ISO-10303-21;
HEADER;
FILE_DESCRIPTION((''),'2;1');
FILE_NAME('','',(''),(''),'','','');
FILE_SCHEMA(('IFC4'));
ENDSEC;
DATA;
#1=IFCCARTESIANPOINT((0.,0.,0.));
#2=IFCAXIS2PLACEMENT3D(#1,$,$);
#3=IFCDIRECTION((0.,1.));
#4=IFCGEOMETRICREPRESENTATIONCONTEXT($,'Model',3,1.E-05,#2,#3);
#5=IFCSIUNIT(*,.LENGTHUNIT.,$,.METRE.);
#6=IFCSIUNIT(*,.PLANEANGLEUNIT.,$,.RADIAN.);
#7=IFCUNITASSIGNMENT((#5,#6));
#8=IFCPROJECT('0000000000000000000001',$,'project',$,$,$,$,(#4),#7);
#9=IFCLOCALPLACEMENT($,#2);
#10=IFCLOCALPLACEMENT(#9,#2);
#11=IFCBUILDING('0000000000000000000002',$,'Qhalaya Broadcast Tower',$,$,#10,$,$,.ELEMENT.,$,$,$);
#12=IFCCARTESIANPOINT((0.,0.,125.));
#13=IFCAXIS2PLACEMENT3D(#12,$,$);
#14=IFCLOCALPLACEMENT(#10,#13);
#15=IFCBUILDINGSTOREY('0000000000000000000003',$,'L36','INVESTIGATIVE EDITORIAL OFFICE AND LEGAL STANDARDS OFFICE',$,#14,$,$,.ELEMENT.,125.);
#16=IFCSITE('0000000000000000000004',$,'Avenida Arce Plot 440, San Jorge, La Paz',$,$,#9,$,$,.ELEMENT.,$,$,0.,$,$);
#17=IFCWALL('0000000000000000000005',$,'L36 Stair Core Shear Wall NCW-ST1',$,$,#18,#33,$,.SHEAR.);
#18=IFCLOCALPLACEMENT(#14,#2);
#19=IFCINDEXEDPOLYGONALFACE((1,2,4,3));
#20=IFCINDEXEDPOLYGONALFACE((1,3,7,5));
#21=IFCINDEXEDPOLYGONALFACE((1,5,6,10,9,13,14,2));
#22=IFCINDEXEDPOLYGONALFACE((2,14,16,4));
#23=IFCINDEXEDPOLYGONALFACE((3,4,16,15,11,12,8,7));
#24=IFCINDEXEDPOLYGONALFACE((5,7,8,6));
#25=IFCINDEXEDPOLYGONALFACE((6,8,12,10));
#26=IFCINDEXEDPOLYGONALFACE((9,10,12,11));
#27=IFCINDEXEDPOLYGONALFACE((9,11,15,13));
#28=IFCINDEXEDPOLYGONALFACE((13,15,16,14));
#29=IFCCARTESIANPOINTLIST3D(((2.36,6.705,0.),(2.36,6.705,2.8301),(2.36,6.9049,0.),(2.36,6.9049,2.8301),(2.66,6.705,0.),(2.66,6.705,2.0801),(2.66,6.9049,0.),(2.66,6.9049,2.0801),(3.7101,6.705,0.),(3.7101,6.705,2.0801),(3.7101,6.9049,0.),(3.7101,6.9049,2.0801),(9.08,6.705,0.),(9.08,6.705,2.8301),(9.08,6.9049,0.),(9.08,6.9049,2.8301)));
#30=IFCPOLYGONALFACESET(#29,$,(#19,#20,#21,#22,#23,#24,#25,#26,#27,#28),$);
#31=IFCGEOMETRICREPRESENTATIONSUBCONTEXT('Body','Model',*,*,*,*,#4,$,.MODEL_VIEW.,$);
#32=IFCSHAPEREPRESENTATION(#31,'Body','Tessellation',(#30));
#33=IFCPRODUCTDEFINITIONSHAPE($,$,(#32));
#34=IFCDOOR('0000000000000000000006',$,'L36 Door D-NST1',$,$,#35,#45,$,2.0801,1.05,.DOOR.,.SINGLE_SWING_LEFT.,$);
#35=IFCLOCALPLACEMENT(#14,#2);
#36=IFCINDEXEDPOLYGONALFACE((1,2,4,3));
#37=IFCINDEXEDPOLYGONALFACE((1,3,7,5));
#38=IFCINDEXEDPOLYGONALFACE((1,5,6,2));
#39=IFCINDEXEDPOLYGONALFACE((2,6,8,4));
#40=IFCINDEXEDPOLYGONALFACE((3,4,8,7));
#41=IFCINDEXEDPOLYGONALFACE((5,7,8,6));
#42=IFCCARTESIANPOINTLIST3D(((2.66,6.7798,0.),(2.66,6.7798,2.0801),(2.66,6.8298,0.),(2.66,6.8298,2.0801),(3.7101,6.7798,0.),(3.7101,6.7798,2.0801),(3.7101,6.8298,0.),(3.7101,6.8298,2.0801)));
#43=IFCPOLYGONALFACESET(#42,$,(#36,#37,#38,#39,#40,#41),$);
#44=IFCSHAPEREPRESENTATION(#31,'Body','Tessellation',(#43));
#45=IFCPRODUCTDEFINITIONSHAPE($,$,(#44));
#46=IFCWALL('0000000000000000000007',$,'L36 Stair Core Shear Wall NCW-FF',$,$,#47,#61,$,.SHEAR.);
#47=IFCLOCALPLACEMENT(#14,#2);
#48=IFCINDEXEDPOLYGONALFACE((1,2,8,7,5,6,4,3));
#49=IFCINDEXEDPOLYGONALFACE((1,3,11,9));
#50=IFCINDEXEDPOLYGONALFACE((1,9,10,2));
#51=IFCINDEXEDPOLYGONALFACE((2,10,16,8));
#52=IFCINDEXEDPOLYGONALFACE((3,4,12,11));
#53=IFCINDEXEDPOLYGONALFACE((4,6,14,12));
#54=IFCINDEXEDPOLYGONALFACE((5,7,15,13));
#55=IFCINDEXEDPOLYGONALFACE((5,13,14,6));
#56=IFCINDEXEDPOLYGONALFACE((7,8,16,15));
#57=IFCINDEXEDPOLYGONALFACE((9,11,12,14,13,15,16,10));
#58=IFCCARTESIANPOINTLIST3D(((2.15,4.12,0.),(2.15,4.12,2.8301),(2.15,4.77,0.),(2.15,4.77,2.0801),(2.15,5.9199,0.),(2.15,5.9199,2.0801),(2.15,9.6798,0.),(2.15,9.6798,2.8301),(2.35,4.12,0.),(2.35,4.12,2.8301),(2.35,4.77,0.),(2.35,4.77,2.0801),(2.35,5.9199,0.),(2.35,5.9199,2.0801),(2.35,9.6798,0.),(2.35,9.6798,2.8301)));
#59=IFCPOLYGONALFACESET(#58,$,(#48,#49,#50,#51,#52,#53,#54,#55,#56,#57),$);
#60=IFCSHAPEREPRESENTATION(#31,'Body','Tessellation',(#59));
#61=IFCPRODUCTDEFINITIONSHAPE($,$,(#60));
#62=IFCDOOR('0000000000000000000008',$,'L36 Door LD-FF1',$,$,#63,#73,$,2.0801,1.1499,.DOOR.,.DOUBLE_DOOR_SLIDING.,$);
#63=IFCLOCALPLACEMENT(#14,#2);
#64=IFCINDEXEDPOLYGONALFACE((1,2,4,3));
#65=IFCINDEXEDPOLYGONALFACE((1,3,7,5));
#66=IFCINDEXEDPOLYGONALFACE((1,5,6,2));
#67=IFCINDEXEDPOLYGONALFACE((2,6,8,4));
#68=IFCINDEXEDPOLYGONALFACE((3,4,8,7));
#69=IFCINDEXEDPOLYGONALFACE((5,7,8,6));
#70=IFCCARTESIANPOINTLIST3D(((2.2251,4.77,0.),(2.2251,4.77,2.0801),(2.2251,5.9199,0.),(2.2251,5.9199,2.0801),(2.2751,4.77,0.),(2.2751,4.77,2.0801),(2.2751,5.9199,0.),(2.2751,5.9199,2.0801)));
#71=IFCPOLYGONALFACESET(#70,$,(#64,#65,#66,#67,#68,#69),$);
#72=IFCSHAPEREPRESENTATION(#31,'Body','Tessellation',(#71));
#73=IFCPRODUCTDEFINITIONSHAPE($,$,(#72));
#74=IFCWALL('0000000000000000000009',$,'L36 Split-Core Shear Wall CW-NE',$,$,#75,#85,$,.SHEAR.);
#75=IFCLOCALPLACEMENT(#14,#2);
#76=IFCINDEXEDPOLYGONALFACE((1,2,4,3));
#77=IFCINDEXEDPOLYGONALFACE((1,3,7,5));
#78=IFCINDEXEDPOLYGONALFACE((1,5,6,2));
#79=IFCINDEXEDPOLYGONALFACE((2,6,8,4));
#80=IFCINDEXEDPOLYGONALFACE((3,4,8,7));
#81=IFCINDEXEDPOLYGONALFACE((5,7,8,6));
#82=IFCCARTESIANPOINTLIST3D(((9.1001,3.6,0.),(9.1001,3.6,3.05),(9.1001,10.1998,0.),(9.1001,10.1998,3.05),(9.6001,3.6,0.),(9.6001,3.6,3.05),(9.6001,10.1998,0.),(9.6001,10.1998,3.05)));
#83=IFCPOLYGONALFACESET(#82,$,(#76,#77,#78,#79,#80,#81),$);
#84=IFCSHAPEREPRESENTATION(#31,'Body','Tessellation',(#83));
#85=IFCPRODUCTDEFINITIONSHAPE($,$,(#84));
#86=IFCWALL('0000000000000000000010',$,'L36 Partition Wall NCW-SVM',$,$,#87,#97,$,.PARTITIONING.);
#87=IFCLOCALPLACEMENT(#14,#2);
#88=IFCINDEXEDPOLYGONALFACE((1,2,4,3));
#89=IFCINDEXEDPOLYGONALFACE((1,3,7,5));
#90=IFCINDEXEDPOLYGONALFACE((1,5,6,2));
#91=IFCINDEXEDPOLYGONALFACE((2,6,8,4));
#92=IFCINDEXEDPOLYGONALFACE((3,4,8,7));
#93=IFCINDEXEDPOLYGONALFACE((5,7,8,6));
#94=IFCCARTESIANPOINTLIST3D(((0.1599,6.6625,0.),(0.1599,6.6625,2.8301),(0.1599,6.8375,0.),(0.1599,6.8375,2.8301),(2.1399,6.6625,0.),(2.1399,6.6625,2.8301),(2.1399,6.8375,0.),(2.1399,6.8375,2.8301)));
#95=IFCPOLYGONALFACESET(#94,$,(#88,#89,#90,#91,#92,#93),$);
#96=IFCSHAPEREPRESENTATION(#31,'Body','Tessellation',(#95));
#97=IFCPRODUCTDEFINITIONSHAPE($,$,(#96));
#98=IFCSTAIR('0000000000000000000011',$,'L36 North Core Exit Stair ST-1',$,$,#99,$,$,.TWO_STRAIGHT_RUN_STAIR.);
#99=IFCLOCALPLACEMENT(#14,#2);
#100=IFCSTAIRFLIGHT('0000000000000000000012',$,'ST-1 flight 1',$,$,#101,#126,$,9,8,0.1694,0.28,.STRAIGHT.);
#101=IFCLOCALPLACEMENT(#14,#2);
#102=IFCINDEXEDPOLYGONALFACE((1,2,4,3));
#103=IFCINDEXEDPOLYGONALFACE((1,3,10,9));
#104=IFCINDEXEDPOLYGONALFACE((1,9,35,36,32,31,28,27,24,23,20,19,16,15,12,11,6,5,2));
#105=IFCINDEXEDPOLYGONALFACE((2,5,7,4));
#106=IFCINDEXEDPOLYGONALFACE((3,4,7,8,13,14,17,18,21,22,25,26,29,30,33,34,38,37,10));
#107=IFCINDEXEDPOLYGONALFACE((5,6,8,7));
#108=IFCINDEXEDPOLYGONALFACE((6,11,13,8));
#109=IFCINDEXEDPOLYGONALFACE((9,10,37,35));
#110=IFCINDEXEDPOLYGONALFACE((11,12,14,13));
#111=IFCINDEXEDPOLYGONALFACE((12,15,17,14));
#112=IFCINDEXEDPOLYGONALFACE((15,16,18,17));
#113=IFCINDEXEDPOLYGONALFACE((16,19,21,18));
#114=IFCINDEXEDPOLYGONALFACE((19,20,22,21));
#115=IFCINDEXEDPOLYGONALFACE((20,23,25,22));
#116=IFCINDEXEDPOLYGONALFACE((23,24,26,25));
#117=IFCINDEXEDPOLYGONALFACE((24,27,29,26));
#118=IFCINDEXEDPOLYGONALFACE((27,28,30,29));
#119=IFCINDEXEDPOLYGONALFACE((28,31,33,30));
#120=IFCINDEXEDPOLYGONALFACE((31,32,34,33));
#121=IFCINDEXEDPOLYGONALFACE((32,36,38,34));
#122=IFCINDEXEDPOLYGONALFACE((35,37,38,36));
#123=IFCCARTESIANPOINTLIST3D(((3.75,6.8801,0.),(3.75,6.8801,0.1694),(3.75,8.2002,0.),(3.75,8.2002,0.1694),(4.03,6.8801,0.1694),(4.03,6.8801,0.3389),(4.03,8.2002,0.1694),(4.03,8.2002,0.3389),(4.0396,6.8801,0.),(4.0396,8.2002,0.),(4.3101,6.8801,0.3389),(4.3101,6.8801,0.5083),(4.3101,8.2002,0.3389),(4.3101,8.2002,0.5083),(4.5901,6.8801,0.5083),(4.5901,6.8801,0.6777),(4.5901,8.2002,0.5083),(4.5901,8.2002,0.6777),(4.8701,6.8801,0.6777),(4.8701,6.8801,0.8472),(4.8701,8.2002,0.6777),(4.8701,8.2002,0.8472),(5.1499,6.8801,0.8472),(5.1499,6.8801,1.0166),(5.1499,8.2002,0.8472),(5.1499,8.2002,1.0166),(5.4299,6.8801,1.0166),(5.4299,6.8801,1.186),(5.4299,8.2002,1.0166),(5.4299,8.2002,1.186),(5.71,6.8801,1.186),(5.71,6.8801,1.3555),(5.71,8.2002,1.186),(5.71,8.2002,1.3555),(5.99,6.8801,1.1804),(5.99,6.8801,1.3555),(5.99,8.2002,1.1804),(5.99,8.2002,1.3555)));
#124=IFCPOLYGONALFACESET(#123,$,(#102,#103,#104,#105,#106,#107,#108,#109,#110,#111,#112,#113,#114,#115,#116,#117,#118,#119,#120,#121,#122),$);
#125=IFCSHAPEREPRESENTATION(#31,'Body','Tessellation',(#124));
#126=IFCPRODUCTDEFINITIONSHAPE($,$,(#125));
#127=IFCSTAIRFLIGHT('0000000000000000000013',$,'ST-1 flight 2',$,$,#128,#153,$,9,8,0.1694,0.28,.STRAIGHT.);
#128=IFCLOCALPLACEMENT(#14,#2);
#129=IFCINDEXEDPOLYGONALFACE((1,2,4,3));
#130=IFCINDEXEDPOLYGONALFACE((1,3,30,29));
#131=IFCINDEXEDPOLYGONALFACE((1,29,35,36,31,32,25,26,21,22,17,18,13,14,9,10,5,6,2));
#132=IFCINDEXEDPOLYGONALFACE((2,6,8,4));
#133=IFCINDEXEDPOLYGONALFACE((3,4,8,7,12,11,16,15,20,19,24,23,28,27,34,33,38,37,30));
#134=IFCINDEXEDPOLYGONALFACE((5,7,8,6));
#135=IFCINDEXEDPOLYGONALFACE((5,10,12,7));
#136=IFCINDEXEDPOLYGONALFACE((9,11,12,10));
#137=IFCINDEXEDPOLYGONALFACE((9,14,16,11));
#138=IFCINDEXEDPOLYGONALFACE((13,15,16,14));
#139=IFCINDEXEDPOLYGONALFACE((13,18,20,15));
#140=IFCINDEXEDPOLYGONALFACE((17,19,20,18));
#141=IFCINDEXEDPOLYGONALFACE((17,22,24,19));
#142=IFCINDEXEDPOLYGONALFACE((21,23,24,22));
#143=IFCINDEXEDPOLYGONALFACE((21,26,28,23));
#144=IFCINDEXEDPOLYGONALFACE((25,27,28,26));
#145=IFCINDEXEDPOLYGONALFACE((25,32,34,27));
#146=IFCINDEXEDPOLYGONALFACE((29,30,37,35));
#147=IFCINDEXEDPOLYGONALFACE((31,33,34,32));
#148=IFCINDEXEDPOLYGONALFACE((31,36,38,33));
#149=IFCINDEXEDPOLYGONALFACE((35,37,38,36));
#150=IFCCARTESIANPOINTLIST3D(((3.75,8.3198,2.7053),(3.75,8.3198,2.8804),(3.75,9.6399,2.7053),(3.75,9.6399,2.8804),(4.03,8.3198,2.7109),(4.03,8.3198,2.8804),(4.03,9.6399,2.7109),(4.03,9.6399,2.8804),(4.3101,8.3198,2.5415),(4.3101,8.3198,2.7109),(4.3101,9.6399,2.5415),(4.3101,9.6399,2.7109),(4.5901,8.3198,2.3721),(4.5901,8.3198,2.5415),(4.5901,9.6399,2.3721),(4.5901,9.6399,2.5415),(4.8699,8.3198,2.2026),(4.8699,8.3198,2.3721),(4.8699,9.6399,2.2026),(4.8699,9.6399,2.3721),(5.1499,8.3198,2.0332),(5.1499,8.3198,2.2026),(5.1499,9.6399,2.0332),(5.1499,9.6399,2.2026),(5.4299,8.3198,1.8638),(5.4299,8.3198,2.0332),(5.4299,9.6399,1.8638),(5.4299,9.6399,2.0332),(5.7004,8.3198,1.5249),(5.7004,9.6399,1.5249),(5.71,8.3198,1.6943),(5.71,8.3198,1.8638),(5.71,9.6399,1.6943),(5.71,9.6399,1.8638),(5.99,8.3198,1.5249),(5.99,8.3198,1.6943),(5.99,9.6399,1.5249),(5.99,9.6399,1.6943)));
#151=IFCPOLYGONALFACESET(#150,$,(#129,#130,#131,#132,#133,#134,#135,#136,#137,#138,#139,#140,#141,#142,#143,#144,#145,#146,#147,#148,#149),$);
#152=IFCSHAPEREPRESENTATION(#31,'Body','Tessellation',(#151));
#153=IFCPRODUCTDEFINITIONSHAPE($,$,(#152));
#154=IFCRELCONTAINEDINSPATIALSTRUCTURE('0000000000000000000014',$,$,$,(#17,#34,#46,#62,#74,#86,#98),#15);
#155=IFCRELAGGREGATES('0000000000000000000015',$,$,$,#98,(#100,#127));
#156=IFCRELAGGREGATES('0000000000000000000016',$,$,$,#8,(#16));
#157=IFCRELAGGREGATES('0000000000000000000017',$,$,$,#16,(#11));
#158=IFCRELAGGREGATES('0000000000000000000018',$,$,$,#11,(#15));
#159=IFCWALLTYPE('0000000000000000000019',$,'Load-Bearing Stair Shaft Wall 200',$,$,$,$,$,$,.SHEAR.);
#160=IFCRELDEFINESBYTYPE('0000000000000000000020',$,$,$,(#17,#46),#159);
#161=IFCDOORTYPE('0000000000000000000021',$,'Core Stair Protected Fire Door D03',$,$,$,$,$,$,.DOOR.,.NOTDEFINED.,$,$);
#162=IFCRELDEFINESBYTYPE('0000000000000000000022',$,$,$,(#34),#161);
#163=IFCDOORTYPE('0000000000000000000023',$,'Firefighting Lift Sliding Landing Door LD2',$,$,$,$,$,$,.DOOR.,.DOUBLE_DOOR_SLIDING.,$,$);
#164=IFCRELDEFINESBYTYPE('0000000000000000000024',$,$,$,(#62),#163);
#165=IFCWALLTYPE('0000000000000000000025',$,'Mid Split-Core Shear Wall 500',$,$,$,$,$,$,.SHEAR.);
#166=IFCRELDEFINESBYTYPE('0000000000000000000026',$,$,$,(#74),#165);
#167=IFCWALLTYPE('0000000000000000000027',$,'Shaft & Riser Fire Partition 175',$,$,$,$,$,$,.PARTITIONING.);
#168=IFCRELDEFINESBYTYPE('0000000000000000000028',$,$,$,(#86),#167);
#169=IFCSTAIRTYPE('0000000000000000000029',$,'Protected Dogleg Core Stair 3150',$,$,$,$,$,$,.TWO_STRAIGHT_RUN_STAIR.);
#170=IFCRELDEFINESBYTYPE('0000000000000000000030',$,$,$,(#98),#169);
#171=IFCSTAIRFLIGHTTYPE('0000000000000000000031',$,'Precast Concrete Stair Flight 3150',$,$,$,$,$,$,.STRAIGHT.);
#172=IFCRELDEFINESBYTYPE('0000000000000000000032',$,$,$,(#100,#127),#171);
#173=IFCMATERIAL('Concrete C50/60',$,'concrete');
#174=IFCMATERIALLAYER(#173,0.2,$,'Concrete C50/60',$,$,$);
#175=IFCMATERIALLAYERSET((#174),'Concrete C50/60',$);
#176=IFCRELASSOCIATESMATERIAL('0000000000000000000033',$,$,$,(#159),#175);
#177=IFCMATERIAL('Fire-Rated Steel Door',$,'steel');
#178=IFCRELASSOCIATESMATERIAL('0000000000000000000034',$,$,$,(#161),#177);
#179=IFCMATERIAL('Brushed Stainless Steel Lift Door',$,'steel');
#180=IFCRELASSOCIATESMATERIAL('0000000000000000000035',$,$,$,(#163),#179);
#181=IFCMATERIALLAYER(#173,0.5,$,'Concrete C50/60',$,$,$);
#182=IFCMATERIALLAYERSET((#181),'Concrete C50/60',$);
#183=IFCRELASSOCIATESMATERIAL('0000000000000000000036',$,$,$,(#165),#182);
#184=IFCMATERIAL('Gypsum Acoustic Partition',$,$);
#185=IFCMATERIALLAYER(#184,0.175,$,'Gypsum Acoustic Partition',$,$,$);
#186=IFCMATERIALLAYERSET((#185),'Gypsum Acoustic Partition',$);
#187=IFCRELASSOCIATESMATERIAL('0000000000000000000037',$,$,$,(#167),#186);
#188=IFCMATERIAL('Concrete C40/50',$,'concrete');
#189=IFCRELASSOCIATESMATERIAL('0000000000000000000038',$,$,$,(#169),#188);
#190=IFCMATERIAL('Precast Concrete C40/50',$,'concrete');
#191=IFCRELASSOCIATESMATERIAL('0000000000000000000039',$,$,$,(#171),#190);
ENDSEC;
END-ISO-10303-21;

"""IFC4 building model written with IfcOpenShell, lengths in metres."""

from ifc_helpers import new_model, si_unit, direction, frame, frame_2d, origin, place, context, subcontext, project, spatial, polyline, rectangle, outline, extrude, material, layer, layer_set, type_object, element, fill, aggregate, save


model = new_model("IFC4")

# Units and contexts
model_context = context("Model", 3, precision=1e-05, world=origin(), true_north=direction((0.0, 1.0)))
body_context = subcontext(model_context, "Body", "Model", "MODEL_VIEW")
ifc_project = project(units=[si_unit("LENGTHUNIT", "METRE"), si_unit("PLANEANGLEUNIT", "RADIAN")], contexts=[model_context])

# Site, building, storey
site_placement = place(None, origin())
site = spatial("IfcSite", under=ifc_project, at=site_placement, Name="Avenida Arce Plot 440, San Jorge, La Paz", CompositionType="ELEMENT", RefElevation=0.0)
building_placement = place(site_placement, origin())
building = spatial("IfcBuilding", under=site, at=building_placement, Name="Qhalaya Broadcast Tower", CompositionType="ELEMENT")
storey_placement = place(building_placement, frame((0.0, 0.0, 125.0)))
storey = spatial("IfcBuildingStorey", under=building, at=storey_placement, Name="L36", Description="INVESTIGATIVE EDITORIAL OFFICE AND LEGAL STANDARDS OFFICE", CompositionType="ELEMENT", Elevation=125.0)

# Shared definitions
ifc_material_1 = material(Name="Concrete C50/60", Category="concrete")

# Walls, openings, doors
ifc_material_2 = material(Name="Gypsum Acoustic Partition")
ifc_layer_1 = layer(ifc_material_1, 0.2, Name="Concrete C50/60")
ifc_layer_set_1 = layer_set([ifc_layer_1], Name="Concrete C50/60")
wall_type_1 = type_object("IfcWallType", Name="Load-Bearing Stair Shaft Wall 200", PredefinedType="SHEAR", material=ifc_layer_set_1)
wall_1_placement = place(storey_placement, frame((2.3601, 6.8049, 0.0), z_axis=(0.0, 0.0, 1.0), x_axis=(1.0, 0.0, 0.0)))
wall_1 = element("IfcWall", 1, at=wall_1_placement, inside=storey, type_object=wall_type_1, Name="L36 Stair Core Shear Wall NCW-ST1", PredefinedType="SHEAR", context=body_context, shape_type="SweptSolid", body=[
    extrude(rectangle(XDim=6.72, YDim=0.2, at=frame_2d((3.3599, 0.0))), origin(), (0.0, 0.0, 1.0), 2.8301),
])
opening_1_placement = place(wall_1_placement, frame((0.3, 0.0, 0.0)))
opening_1 = element("IfcOpeningElement", 2, at=opening_1_placement, cuts=wall_1, PredefinedType="OPENING", context=body_context, shape_type="SweptSolid", body=[
    extrude(rectangle(XDim=1.05, YDim=2.0801, at=frame_2d((0.5249, 1.04))), frame((0.0, 0.1121, 0.0), z_axis=(0.0, -1.0, 0.0), x_axis=(1.0, 0.0, 0.0)), (0.0, 0.0, 1.0), 0.2239),
])
ifc_material_3 = material(Name="Fire-Rated Steel Door", Category="steel")
door_type_1 = type_object("IfcDoorType", Name="Core Stair Protected Fire Door D03", OperationType="NOTDEFINED", PredefinedType="DOOR", material=ifc_material_3)
door_1_placement = place(opening_1_placement, origin())
door_1 = element("IfcDoor", 3, at=door_1_placement, inside=storey, type_object=door_type_1, Name="L36 Door D-NST1", OperationType="SINGLE_SWING_LEFT", OverallHeight=2.0801, OverallWidth=1.05, PredefinedType="DOOR", context=body_context, shape_type="SweptSolid", body=[
    extrude(rectangle(XDim=1.05, YDim=2.0801, at=frame_2d((0.5249, 1.04))), frame((0.0, 0.0249, 0.0), z_axis=(0.0, -1.0, 0.0), x_axis=(1.0, 0.0, 0.0)), (0.0, 0.0, 1.0), 0.05),
])
fill(opening_1, door_1)
wall_2_placement = place(storey_placement, frame((2.25, 4.1201, 0.0), z_axis=(0.0, 0.0, 1.0), x_axis=(0.0, 1.0, 0.0)))
wall_2 = element("IfcWall", 4, at=wall_2_placement, inside=storey, type_object=wall_type_1, Name="L36 Stair Core Shear Wall NCW-FF", PredefinedType="SHEAR", context=body_context, shape_type="SweptSolid", body=[
    extrude(rectangle(XDim=5.5598, YDim=0.2, at=frame_2d((2.7798, 0.0))), origin(), (0.0, 0.0, 1.0), 2.8301),
])
opening_2_placement = place(wall_2_placement, frame((0.6499, 0.0, 0.0)))
opening_2 = element("IfcOpeningElement", 5, at=opening_2_placement, cuts=wall_2, PredefinedType="OPENING", context=body_context, shape_type="SweptSolid", body=[
    extrude(rectangle(XDim=1.1499, YDim=2.0801, at=frame_2d((0.575, 1.04))), frame((0.0, 0.1121, 0.0), z_axis=(0.0, -1.0, 0.0), x_axis=(1.0, 0.0, 0.0)), (0.0, 0.0, 1.0), 0.2239),
])
ifc_material_4 = material(Name="Brushed Stainless Steel Lift Door", Category="steel")
door_type_2 = type_object("IfcDoorType", Name="Firefighting Lift Sliding Landing Door LD2", OperationType="DOUBLE_DOOR_SLIDING", PredefinedType="DOOR", material=ifc_material_4)
door_2_placement = place(opening_2_placement, origin())
door_2 = element("IfcDoor", 6, at=door_2_placement, inside=storey, type_object=door_type_2, Name="L36 Door LD-FF1", OperationType="DOUBLE_DOOR_SLIDING", OverallHeight=2.0801, OverallWidth=1.1499, PredefinedType="DOOR", context=body_context, shape_type="SweptSolid", body=[
    extrude(rectangle(XDim=1.1499, YDim=2.0801, at=frame_2d((0.575, 1.04))), frame((0.0, 0.0249, 0.0), z_axis=(0.0, -1.0, 0.0), x_axis=(1.0, 0.0, 0.0)), (0.0, 0.0, 1.0), 0.05),
])
fill(opening_2, door_2)

# Wall
ifc_layer_2 = layer(ifc_material_1, 0.5, Name="Concrete C50/60")
ifc_layer_set_2 = layer_set([ifc_layer_2], Name="Concrete C50/60")
wall_type_2 = type_object("IfcWallType", Name="Mid Split-Core Shear Wall 500", PredefinedType="SHEAR", material=ifc_layer_set_2)
wall_3_placement = place(storey_placement, frame((9.3501, 3.6001, 0.0), z_axis=(0.0, 0.0, 1.0), x_axis=(0.0, 1.0, 0.0)))
element("IfcWall", 7, at=wall_3_placement, inside=storey, type_object=wall_type_2, Name="L36 Split-Core Shear Wall CW-NE", PredefinedType="SHEAR", context=body_context, shape_type="SweptSolid", body=[
    extrude(rectangle(XDim=6.5999, YDim=0.5, at=frame_2d((3.2998, 0.0))), origin(), (0.0, 0.0, 1.0), 3.05),
])

# Shared definitions
ifc_layer_3 = layer(ifc_material_2, 0.175, Name="Gypsum Acoustic Partition")
ifc_layer_set_3 = layer_set([ifc_layer_3], Name="Gypsum Acoustic Partition")
wall_type_3 = type_object("IfcWallType", Name="Shaft & Riser Fire Partition 175", PredefinedType="PARTITIONING", material=ifc_layer_set_3)

# Wall
wall_4_placement = place(storey_placement, frame((0.1599, 6.75, 0.0), z_axis=(0.0, 0.0, 1.0), x_axis=(1.0, 0.0, 0.0)))
element("IfcWall", 8, at=wall_4_placement, inside=storey, type_object=wall_type_3, Name="L36 Partition Wall NCW-SVM", PredefinedType="PARTITIONING", context=body_context, shape_type="SweptSolid", body=[
    extrude(rectangle(XDim=1.98, YDim=0.175, at=frame_2d((0.99, 0.0))), origin(), (0.0, 0.0, 1.0), 2.8301),
])

# Stair, stair flights
ifc_material_5 = material(Name="Concrete C40/50", Category="concrete")
stair_type = type_object("IfcStairType", Name="Protected Dogleg Core Stair 3150", PredefinedType="TWO_STRAIGHT_RUN_STAIR", material=ifc_material_5)
stair_placement = place(storey_placement, origin())
stair = element("IfcStair", 9, at=stair_placement, inside=storey, type_object=stair_type, Name="L36 North Core Exit Stair ST-1", PredefinedType="TWO_STRAIGHT_RUN_STAIR")
ifc_material_6 = material(Name="Precast Concrete C40/50", Category="concrete")
stair_flight_type = type_object("IfcStairFlightType", Name="Precast Concrete Stair Flight 3150", PredefinedType="STRAIGHT", material=ifc_material_6)
stair_flight_1_placement = place(storey_placement, frame((3.75, 7.54, 0.0), z_axis=(0.0, 0.0, 1.0), x_axis=(1.0, 0.0, 0.0)))
stair_flight_1 = element("IfcStairFlight", 10, at=stair_flight_1_placement, type_object=stair_flight_type, Name="ST-1 flight 1", NumberOfRisers=9, NumberOfTreads=8, PredefinedType="STRAIGHT", RiserHeight=0.1694, TreadLength=0.28, context=body_context, shape_type="SweptSolid", body=[
    extrude(outline(polyline([(0.0, 0.0), (0.0, 0.1694), (0.28, 0.1694), (0.28, 0.3389), (0.5601, 0.3389), (0.5601, 0.5083), (0.8401, 0.5083), (0.8401, 0.6777), (1.1201, 0.6777), (1.1201, 0.8472), (1.3999, 0.8472), (1.3999, 1.0166), (1.6799, 1.0166), (1.6799, 1.186), (1.96, 1.186), (1.96, 1.3555), (2.24, 1.3555), (2.24, 1.5249), (2.24, 1.1804), (0.2896, 0.0), (0.0, 0.0)])), frame((0.0, 0.6602, 0.0), z_axis=(0.0, -1.0, 0.0), x_axis=(1.0, 0.0, 0.0)), (0.0, 0.0, 1.0), 1.3201),
])
stair_flight_2_placement = place(storey_placement, frame((5.99, 8.98, 1.5249), z_axis=(0.0, 0.0, 1.0), x_axis=(-1.0, 0.0, 0.0)))
stair_flight_2 = element("IfcStairFlight", 11, at=stair_flight_2_placement, type_object=stair_flight_type, Name="ST-1 flight 2", NumberOfRisers=9, NumberOfTreads=8, PredefinedType="STRAIGHT", RiserHeight=0.1694, TreadLength=0.28, context=body_context, shape_type="SweptSolid", body=[
    extrude(outline(polyline([(0.0, 0.0), (0.0, 0.1694), (0.28, 0.1694), (0.28, 0.3389), (0.5601, 0.3389), (0.5601, 0.5083), (0.8401, 0.5083), (0.8401, 0.6777), (1.1201, 0.6777), (1.1201, 0.8472), (1.3999, 0.8472), (1.3999, 1.0166), (1.6799, 1.0166), (1.6799, 1.186), (1.96, 1.186), (1.96, 1.3555), (2.24, 1.3555), (2.24, 1.5249), (2.24, 1.1804), (0.2896, 0.0), (0.0, 0.0)])), frame((0.0, 0.6602, 0.0), z_axis=(0.0, -1.0, 0.0), x_axis=(1.0, 0.0, 0.0)), (0.0, 0.0, 1.0), 1.3201),
])
aggregate(stair, [stair_flight_1, stair_flight_2])

save(model, "model.ifc")
